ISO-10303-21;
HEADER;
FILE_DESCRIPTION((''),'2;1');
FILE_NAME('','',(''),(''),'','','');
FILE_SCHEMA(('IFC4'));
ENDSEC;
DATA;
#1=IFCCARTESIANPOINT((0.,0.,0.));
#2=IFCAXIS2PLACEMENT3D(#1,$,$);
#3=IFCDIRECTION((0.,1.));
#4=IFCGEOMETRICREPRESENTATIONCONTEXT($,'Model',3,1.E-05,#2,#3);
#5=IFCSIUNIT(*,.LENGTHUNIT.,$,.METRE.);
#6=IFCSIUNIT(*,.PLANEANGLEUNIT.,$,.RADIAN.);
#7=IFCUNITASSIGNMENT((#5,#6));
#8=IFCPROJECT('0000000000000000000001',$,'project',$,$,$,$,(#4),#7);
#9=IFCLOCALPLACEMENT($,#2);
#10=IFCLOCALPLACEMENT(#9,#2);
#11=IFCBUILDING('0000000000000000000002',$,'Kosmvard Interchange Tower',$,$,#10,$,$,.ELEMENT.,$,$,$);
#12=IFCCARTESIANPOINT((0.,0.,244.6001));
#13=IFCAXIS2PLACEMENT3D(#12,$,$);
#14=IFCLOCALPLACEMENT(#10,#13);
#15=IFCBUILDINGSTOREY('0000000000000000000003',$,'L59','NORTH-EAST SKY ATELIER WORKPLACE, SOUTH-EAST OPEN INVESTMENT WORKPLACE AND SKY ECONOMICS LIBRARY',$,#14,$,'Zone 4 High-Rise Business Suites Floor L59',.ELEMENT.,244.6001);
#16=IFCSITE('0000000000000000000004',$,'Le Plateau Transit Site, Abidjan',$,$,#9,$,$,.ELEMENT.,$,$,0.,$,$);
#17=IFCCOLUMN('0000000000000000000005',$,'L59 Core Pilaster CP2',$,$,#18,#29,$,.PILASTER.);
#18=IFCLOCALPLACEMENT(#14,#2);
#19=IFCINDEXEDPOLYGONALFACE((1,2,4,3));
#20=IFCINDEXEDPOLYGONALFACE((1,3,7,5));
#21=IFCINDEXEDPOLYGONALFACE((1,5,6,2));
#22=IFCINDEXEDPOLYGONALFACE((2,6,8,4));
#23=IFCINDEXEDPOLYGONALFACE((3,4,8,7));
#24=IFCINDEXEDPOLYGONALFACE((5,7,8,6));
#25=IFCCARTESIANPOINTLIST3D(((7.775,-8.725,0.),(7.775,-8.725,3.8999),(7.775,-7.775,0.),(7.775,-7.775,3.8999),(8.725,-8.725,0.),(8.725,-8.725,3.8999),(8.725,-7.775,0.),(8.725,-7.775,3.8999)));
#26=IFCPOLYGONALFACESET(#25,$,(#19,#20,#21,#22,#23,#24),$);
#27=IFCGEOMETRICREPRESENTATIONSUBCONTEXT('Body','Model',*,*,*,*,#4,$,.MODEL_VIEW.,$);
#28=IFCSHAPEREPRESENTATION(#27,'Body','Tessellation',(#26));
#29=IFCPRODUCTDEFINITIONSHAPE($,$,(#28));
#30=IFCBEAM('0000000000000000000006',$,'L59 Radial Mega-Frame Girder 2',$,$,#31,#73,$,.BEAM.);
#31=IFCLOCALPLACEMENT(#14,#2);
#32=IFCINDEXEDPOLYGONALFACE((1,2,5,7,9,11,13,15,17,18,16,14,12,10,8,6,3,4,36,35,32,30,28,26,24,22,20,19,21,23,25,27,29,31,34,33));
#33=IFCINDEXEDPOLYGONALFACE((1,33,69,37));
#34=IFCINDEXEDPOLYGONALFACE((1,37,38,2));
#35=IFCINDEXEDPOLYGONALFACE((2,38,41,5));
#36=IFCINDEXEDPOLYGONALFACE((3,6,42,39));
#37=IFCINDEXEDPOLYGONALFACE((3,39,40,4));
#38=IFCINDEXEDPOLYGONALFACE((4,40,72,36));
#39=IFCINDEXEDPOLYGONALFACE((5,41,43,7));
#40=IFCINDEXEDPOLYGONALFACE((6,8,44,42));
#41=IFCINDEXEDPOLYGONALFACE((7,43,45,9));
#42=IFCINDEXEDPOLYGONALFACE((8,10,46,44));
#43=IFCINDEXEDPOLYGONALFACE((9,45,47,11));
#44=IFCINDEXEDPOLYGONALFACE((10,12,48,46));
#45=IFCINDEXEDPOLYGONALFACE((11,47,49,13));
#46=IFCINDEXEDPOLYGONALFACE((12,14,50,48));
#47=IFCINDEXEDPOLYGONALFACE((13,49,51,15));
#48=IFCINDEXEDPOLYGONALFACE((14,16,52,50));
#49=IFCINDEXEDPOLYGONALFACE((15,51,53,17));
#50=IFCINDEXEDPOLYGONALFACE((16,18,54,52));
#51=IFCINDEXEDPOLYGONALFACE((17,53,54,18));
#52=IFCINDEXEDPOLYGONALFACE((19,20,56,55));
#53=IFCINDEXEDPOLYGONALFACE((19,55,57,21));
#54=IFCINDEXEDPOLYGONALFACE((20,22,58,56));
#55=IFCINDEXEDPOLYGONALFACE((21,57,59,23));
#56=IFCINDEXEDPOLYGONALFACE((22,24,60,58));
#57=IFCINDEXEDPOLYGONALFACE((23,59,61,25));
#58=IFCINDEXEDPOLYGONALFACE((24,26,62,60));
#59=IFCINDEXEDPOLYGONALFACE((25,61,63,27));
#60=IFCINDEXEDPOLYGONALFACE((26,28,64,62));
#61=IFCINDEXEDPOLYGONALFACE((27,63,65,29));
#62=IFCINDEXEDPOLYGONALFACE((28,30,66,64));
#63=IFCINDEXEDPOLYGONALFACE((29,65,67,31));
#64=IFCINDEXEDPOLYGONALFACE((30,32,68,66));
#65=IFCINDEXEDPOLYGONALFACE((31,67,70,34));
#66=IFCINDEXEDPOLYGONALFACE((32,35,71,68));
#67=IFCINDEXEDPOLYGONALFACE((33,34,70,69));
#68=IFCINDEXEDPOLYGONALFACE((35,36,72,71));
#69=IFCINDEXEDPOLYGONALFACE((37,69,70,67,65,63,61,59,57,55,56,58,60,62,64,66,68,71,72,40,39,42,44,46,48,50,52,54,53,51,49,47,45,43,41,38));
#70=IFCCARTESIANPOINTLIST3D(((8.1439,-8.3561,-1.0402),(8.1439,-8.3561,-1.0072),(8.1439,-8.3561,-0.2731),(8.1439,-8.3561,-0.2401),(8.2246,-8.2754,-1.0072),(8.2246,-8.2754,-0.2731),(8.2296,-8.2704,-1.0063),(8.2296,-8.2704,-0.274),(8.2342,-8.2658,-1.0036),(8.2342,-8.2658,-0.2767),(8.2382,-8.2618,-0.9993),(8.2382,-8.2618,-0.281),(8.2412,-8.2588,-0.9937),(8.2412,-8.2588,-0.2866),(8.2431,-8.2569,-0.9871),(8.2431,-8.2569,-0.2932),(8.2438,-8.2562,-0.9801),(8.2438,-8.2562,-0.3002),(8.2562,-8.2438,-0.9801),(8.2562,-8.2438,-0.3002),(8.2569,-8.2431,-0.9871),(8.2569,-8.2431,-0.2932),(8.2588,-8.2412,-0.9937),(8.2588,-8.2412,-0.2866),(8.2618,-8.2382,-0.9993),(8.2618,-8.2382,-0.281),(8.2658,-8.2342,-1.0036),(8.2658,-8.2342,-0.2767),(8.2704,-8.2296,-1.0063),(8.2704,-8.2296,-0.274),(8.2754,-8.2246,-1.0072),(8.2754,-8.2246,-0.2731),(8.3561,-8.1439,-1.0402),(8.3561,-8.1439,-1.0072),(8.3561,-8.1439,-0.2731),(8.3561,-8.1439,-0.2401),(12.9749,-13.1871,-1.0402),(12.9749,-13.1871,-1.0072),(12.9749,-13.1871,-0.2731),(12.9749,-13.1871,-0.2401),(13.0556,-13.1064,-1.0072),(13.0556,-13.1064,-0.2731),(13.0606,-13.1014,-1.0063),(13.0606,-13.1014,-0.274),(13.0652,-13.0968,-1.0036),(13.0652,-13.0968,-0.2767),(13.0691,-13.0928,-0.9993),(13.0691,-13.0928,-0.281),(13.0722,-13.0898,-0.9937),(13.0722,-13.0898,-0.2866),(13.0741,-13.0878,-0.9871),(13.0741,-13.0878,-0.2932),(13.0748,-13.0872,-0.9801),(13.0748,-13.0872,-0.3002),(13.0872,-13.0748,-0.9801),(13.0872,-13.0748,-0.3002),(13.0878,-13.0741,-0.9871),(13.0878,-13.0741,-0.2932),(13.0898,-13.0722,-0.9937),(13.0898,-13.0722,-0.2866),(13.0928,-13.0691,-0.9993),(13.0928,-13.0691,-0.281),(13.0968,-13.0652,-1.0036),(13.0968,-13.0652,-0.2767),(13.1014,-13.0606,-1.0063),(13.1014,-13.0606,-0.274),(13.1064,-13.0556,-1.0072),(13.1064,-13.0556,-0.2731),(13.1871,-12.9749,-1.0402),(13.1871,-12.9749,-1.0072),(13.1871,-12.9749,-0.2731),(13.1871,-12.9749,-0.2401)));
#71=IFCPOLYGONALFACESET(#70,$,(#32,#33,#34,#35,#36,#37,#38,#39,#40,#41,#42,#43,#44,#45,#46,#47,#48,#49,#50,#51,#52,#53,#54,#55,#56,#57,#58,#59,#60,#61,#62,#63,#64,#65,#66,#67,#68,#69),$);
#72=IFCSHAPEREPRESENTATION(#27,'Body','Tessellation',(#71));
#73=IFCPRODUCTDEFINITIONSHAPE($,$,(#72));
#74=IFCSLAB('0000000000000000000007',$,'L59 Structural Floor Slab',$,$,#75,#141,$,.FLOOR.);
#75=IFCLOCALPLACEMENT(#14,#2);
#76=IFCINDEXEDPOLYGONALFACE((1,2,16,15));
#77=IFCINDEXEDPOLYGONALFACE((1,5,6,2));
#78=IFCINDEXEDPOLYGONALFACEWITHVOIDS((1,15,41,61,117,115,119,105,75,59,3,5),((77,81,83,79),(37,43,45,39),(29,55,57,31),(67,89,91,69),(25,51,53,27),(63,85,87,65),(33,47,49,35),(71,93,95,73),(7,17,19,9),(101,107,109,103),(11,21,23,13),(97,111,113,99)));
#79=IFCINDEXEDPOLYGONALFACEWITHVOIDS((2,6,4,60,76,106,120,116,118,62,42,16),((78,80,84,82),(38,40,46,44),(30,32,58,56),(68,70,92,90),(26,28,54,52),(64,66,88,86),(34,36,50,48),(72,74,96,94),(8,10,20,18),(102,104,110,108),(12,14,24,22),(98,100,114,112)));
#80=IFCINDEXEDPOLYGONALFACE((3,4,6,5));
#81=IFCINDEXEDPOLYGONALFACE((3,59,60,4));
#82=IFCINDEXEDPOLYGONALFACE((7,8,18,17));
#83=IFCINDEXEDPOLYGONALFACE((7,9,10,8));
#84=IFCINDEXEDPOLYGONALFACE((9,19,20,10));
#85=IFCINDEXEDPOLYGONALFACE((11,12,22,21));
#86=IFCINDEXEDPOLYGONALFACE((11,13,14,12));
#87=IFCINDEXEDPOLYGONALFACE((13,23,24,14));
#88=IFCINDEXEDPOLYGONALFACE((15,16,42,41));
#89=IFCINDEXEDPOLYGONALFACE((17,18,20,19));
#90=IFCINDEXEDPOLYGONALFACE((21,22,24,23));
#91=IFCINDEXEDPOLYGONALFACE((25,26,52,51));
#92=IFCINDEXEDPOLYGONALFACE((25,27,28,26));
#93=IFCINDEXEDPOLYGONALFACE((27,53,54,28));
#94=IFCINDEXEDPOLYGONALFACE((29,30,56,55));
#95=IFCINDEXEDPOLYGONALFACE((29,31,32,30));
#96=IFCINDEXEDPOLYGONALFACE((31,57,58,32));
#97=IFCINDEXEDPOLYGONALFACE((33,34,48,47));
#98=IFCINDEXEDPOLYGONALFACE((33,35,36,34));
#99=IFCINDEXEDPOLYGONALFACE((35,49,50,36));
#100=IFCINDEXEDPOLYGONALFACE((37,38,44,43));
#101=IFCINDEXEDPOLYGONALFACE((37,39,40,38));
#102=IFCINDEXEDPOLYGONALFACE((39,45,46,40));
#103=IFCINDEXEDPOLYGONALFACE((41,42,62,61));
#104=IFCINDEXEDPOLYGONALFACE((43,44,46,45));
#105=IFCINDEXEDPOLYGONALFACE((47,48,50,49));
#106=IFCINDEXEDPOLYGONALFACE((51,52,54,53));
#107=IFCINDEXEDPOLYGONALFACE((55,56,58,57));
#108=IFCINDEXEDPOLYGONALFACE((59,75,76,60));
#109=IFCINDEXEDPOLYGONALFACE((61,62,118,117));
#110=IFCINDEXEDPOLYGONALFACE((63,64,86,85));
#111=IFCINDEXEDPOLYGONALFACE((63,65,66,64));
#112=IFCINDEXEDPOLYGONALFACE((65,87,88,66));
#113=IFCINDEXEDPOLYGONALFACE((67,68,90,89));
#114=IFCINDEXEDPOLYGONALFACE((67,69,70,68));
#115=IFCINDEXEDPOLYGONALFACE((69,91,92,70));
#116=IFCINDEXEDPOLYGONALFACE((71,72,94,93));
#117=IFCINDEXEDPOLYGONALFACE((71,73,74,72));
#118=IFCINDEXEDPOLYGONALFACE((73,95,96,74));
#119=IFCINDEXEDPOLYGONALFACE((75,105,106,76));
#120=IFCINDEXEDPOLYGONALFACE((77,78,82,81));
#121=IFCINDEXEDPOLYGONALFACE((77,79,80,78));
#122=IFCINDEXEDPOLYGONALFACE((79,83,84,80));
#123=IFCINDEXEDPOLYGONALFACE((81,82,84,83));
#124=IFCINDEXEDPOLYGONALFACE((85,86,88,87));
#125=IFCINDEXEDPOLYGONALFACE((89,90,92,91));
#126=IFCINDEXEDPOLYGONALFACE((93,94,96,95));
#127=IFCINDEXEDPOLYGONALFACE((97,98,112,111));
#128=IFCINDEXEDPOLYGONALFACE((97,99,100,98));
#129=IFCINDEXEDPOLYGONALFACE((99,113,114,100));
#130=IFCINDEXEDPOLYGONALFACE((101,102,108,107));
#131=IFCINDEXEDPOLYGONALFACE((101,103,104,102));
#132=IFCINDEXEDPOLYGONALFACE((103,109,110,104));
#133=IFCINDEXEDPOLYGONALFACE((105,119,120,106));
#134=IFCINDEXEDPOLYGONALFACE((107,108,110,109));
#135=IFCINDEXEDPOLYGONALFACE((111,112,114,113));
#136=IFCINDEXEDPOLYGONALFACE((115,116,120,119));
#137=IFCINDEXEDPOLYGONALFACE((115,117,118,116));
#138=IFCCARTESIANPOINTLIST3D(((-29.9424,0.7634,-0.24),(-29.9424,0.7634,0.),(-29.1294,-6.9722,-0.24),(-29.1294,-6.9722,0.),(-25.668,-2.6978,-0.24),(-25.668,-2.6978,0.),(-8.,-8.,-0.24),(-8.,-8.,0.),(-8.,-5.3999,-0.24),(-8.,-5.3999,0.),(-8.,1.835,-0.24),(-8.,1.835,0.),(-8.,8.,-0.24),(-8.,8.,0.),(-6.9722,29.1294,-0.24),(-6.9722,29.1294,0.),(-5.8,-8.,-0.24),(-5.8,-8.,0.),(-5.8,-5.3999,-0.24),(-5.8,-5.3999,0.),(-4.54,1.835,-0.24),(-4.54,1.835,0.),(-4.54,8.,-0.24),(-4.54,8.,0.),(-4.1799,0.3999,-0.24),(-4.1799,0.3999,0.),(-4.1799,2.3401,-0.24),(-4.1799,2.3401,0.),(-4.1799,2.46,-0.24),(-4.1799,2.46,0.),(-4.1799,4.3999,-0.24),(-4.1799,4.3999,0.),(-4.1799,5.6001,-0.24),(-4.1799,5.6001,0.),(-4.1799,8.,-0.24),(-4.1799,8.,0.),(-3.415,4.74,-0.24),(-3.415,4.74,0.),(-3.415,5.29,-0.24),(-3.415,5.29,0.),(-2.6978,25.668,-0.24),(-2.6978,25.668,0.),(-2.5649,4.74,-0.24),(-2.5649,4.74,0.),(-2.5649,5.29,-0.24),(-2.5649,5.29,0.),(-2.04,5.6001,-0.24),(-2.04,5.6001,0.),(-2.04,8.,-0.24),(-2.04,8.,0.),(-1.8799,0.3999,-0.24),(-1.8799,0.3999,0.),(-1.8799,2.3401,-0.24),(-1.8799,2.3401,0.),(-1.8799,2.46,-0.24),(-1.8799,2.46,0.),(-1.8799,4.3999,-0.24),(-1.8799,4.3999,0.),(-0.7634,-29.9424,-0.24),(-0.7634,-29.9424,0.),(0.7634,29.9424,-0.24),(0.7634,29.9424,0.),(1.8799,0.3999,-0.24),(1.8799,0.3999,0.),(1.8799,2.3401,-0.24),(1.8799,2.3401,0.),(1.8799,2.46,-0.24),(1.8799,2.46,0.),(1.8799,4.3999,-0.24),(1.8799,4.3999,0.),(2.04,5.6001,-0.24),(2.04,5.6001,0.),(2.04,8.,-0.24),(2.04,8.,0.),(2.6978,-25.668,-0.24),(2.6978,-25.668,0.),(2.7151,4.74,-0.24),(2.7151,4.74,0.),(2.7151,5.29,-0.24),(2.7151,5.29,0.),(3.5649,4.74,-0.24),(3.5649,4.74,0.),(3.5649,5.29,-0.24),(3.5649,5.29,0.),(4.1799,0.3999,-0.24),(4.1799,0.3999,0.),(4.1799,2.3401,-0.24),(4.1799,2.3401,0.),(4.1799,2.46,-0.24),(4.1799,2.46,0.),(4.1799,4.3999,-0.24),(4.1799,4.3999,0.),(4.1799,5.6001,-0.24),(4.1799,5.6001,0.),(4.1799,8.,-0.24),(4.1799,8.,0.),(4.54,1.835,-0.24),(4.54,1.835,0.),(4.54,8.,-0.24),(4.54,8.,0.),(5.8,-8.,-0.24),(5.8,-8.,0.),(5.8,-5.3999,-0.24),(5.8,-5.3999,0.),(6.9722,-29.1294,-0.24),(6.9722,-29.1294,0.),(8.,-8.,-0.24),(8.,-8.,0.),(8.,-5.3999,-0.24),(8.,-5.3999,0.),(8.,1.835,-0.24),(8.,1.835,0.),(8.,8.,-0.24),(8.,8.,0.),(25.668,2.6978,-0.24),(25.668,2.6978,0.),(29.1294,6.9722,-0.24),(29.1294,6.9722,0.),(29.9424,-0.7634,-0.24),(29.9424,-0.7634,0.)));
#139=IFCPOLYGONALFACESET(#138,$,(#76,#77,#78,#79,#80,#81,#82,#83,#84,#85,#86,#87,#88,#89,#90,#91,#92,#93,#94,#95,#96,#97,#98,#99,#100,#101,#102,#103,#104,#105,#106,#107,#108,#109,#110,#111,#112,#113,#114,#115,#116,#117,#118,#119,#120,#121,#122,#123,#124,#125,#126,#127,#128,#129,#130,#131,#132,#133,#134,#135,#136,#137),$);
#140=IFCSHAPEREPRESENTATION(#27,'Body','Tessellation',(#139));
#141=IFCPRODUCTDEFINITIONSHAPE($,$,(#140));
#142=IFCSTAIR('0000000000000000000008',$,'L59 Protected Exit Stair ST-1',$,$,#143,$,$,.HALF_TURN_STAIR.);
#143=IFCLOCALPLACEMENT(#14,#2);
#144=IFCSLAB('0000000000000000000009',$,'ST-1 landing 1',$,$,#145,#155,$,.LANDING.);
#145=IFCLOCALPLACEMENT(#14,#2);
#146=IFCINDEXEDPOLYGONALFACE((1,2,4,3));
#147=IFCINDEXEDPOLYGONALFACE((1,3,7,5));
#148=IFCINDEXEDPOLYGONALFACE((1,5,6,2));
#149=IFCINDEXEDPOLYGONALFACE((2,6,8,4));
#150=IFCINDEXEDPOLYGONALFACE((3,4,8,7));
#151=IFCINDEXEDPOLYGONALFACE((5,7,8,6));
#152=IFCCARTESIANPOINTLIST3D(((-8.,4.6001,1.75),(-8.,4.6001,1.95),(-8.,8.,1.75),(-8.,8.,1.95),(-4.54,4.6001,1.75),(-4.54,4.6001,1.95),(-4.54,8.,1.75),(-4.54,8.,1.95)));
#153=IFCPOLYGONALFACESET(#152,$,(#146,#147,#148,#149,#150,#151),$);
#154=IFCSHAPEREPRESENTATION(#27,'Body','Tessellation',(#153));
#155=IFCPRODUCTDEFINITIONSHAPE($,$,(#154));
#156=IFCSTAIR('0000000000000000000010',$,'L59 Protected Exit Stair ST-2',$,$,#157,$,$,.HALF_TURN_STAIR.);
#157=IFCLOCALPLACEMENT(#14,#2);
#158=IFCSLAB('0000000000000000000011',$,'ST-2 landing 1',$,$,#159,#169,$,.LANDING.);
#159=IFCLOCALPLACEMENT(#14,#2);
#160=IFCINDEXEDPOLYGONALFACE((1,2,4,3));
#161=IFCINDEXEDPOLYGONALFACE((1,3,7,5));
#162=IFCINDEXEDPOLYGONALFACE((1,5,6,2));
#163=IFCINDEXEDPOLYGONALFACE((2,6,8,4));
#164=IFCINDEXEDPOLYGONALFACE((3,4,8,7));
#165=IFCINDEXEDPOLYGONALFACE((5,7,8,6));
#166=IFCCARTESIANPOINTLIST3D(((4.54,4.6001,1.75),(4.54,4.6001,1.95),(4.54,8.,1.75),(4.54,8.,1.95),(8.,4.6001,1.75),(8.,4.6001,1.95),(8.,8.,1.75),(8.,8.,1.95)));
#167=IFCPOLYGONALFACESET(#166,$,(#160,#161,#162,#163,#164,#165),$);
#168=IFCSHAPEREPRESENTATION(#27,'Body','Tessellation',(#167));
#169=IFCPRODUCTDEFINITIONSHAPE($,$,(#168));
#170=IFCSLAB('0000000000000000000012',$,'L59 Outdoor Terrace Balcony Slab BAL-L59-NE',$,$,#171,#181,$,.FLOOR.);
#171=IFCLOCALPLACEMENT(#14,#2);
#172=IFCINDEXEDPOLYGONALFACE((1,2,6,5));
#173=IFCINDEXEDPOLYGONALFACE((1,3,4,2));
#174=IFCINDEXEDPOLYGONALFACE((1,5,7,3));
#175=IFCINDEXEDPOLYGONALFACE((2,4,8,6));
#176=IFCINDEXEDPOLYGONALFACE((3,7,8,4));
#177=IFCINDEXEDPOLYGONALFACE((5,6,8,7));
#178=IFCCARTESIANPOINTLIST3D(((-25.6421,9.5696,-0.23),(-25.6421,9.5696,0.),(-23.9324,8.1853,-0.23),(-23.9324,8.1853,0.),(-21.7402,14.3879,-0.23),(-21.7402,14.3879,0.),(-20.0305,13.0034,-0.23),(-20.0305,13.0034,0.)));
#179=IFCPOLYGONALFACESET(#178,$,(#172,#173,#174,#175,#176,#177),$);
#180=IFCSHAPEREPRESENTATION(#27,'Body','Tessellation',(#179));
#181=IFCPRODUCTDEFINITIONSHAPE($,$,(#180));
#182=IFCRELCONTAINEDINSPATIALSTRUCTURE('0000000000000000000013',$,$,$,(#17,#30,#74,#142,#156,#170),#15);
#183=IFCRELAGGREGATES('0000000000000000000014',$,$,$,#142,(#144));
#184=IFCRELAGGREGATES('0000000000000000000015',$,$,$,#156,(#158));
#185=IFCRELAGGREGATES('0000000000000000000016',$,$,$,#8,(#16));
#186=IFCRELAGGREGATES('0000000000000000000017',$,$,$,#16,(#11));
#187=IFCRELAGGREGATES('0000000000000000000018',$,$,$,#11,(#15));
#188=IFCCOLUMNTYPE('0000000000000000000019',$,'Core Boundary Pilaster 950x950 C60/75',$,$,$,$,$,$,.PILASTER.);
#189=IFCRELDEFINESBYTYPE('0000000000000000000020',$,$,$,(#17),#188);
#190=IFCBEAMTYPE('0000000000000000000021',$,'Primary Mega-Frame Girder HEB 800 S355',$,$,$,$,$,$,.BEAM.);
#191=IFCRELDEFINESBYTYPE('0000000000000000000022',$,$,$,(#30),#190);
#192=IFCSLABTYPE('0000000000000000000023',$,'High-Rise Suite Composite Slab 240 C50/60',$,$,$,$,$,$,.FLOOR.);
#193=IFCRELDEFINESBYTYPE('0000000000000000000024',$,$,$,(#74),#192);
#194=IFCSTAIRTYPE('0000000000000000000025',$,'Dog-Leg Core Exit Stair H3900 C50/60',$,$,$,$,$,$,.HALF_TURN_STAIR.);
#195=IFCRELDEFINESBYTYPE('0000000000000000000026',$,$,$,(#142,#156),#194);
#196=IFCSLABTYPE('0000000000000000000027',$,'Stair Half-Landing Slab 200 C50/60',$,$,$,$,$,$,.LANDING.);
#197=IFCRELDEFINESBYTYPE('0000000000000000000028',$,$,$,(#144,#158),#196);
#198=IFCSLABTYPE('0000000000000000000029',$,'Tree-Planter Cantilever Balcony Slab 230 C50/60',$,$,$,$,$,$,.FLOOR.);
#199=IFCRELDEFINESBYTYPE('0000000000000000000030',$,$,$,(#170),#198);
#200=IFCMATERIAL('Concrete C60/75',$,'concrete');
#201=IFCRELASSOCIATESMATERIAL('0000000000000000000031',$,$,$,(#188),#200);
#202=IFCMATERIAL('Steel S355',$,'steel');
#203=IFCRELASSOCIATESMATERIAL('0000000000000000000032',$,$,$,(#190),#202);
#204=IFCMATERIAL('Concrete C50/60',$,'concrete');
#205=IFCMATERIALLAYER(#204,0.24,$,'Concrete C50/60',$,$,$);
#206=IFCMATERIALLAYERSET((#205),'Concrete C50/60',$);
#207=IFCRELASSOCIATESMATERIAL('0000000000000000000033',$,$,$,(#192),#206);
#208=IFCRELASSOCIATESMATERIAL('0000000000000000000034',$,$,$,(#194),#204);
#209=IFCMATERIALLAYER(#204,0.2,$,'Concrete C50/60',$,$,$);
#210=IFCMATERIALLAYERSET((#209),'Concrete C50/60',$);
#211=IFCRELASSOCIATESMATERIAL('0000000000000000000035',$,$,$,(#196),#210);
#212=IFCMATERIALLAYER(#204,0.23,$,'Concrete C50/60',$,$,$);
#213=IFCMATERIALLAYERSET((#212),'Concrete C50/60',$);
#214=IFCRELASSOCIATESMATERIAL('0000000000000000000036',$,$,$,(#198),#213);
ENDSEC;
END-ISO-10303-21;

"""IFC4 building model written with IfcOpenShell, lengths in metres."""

from ifc_helpers import new_model, si_unit, direction, frame, origin, origin_2d, place, context, subcontext, project, spatial, polyline, rectangle, i_section, outline, extrude, source, transform, mapped, material, layer, layer_set, material_profile, profile_set, type_object, element, aggregate, save


model = new_model("IFC4")

# Units and contexts
model_context = context("Model", 3, precision=1e-05, world=origin(), true_north=direction((0.0, 1.0)))
body_context = subcontext(model_context, "Body", "Model", "MODEL_VIEW")
ifc_project = project(units=[si_unit("LENGTHUNIT", "METRE"), si_unit("PLANEANGLEUNIT", "RADIAN")], contexts=[model_context])

# Site, building, storey
site_placement = place(None, origin())
site = spatial("IfcSite", under=ifc_project, at=site_placement, Name="Le Plateau Transit Site, Abidjan", CompositionType="ELEMENT", RefElevation=0.0)
building_placement = place(site_placement, origin())
building = spatial("IfcBuilding", under=site, at=building_placement, Name="Kosmvard Interchange Tower", CompositionType="ELEMENT")
storey_placement = place(building_placement, frame((0.0, 0.0, 244.6001)))
storey = spatial("IfcBuildingStorey", under=building, at=storey_placement, Name="L59", Description="NORTH-EAST SKY ATELIER WORKPLACE, SOUTH-EAST OPEN INVESTMENT WORKPLACE AND SKY ECONOMICS LIBRARY", LongName="Zone 4 High-Rise Business Suites Floor L59", CompositionType="ELEMENT", Elevation=244.6001)

# Column
ifc_material_1 = material(Name="Concrete C60/75", Category="concrete")
ifc_material_profile_1 = material_profile(ifc_material_1, rectangle(XDim=0.95, YDim=0.95, at=origin_2d()), Name="CP 950x950")
ifc_profile_set_1 = profile_set([ifc_material_profile_1], Name="Concrete C60/75")
column_type = type_object("IfcColumnType", Name="Core Boundary Pilaster 950x950 C60/75", PredefinedType="PILASTER", material=ifc_profile_set_1)
shared_shape_1 = source(origin(), body_context, "Body", "SweptSolid", [
    extrude(rectangle(XDim=0.95, YDim=0.95, at=origin_2d()), origin(), (0.0, 0.0, 1.0), 3.8999),
])
column_placement = place(storey_placement, frame((8.25, -8.25, 0.0), z_axis=(0.0, 0.0, 1.0), x_axis=(1.0, 0.0, 0.0)))
element("IfcColumn", 1, at=column_placement, inside=storey, type_object=column_type, Name="L59 Core Pilaster CP2", PredefinedType="PILASTER", context=body_context, shape_type="MappedRepresentation", body=[
    mapped(shared_shape_1, transform((0.0, 0.0, 0.0), scale=1.0)),
])

# Beam
ifc_material_2 = material(Name="Steel S355", Category="steel")
ifc_material_profile_2 = material_profile(ifc_material_2, i_section(OverallWidth=0.3, OverallDepth=0.8, WebThickness=0.0176, FlangeThickness=0.033, FilletRadius=0.0271, at=origin_2d()), Name="HEB 800")
ifc_profile_set_2 = profile_set([ifc_material_profile_2], Name="Steel S355")
beam_type = type_object("IfcBeamType", Name="Primary Mega-Frame Girder HEB 800 S355", PredefinedType="BEAM", material=ifc_profile_set_2)
shared_shape_2 = source(origin(), body_context, "Body", "SweptSolid", [
    extrude(i_section(OverallWidth=0.3, OverallDepth=0.8, WebThickness=0.0176, FlangeThickness=0.033, FilletRadius=0.0271, at=origin_2d()), origin(), (0.0, 0.0, 1.0), 6.832),
])
beam_placement = place(storey_placement, frame((8.25, -8.25, -0.6401), z_axis=(0.707107, -0.707107, 0.0), x_axis=(0.707107, 0.707107, 0.0)))
element("IfcBeam", 2, at=beam_placement, inside=storey, type_object=beam_type, Name="L59 Radial Mega-Frame Girder 2", PredefinedType="BEAM", context=body_context, shape_type="MappedRepresentation", body=[
    mapped(shared_shape_2, transform((0.0, 0.0, 0.0), scale=1.0)),
])

# Slab
ifc_material_3 = material(Name="Concrete C50/60", Category="concrete")
ifc_layer_1 = layer(ifc_material_3, 0.24, Name="Concrete C50/60")
ifc_layer_set_1 = layer_set([ifc_layer_1], Name="Concrete C50/60")
slab_type_1 = type_object("IfcSlabType", Name="High-Rise Suite Composite Slab 240 C50/60", PredefinedType="FLOOR", material=ifc_layer_set_1)
slab_1_placement = place(storey_placement, frame((0.0, 0.0, -0.24)))
element("IfcSlab", 3, at=slab_1_placement, inside=storey, type_object=slab_type_1, Name="L59 Structural Floor Slab", PredefinedType="FLOOR", context=body_context, shape_type="SweptSolid", body=[
    extrude(outline(polyline([(6.9722, -29.1294), (29.9424, -0.7634), (25.668, 2.6978), (29.1294, 6.9722), (0.7634, 29.9424), (-2.6978, 25.668), (-6.9722, 29.1294), (-29.9424, 0.7634), (-25.668, -2.6978), (-29.1294, -6.9722), (-0.7634, -29.9424), (2.6978, -25.668), (6.9722, -29.1294)]), holes=[polyline([(-8.0, 1.835), (-4.54, 1.835), (-4.54, 8.0), (-8.0, 8.0), (-8.0, 1.835)]), polyline([(4.54, 1.835), (8.0, 1.835), (8.0, 8.0), (4.54, 8.0), (4.54, 1.835)]), polyline([(-8.0, -8.0), (-5.8, -8.0), (-5.8, -5.3999), (-8.0, -5.3999), (-8.0, -8.0)]), polyline([(5.8, -8.0), (8.0, -8.0), (8.0, -5.3999), (5.8, -5.3999), (5.8, -8.0)]), polyline([(-4.1799, 0.3999), (-1.8799, 0.3999), (-1.8799, 2.3401), (-4.1799, 2.3401), (-4.1799, 0.3999)]), polyline([(-4.1799, 2.46), (-1.8799, 2.46), (-1.8799, 4.3999), (-4.1799, 4.3999), (-4.1799, 2.46)]), polyline([(1.8799, 0.3999), (4.1799, 0.3999), (4.1799, 2.3401), (1.8799, 2.3401), (1.8799, 0.3999)]), polyline([(1.8799, 2.46), (4.1799, 2.46), (4.1799, 4.3999), (1.8799, 4.3999), (1.8799, 2.46)]), polyline([(-4.1799, 5.6001), (-2.04, 5.6001), (-2.04, 8.0), (-4.1799, 8.0), (-4.1799, 5.6001)]), polyline([(2.04, 5.6001), (4.1799, 5.6001), (4.1799, 8.0), (2.04, 8.0), (2.04, 5.6001)]), polyline([(-3.415, 4.74), (-2.5649, 4.74), (-2.5649, 5.29), (-3.415, 5.29), (-3.415, 4.74)]), polyline([(2.7151, 4.74), (3.5649, 4.74), (3.5649, 5.29), (2.7151, 5.29), (2.7151, 4.74)])]), origin(), (0.0, 0.0, 1.0), 0.24),
])

# Stairs, slabs
stair_type = type_object("IfcStairType", Name="Dog-Leg Core Exit Stair H3900 C50/60", PredefinedType="HALF_TURN_STAIR", material=ifc_material_3)
stair_1_placement = place(storey_placement, origin())
stair_1 = element("IfcStair", 4, at=stair_1_placement, inside=storey, type_object=stair_type, Name="L59 Protected Exit Stair ST-1", PredefinedType="HALF_TURN_STAIR")
ifc_layer_2 = layer(ifc_material_3, 0.2, Name="Concrete C50/60")
ifc_layer_set_2 = layer_set([ifc_layer_2], Name="Concrete C50/60")
slab_type_2 = type_object("IfcSlabType", Name="Stair Half-Landing Slab 200 C50/60", PredefinedType="LANDING", material=ifc_layer_set_2)
slab_2_placement = place(storey_placement, frame((0.0, 0.0, 1.75)))
slab_2 = element("IfcSlab", 5, at=slab_2_placement, type_object=slab_type_2, Name="ST-1 landing 1", PredefinedType="LANDING", context=body_context, shape_type="SweptSolid", body=[
    extrude(outline(polyline([(-4.54, 4.6001), (-4.54, 8.0), (-8.0, 8.0), (-8.0, 4.6001), (-4.54, 4.6001)])), origin(), (0.0, 0.0, 1.0), 0.2),
])
aggregate(stair_1, [slab_2])
stair_2_placement = place(storey_placement, origin())
stair_2 = element("IfcStair", 6, at=stair_2_placement, inside=storey, type_object=stair_type, Name="L59 Protected Exit Stair ST-2", PredefinedType="HALF_TURN_STAIR")
slab_3_placement = place(storey_placement, frame((0.0, 0.0, 1.75)))
slab_3 = element("IfcSlab", 7, at=slab_3_placement, type_object=slab_type_2, Name="ST-2 landing 1", PredefinedType="LANDING", context=body_context, shape_type="SweptSolid", body=[
    extrude(outline(polyline([(8.0, 4.6001), (8.0, 8.0), (4.54, 8.0), (4.54, 4.6001), (8.0, 4.6001)])), origin(), (0.0, 0.0, 1.0), 0.2),
])
aggregate(stair_2, [slab_3])

# Slab
ifc_layer_3 = layer(ifc_material_3, 0.23, Name="Concrete C50/60")
ifc_layer_set_3 = layer_set([ifc_layer_3], Name="Concrete C50/60")
slab_type_3 = type_object("IfcSlabType", Name="Tree-Planter Cantilever Balcony Slab 230 C50/60", PredefinedType="FLOOR", material=ifc_layer_set_3)
slab_4_placement = place(storey_placement, frame((0.0, 0.0, -0.23)))
element("IfcSlab", 8, at=slab_4_placement, inside=storey, type_object=slab_type_3, Name="L59 Outdoor Terrace Balcony Slab BAL-L59-NE", PredefinedType="FLOOR", context=body_context, shape_type="SweptSolid", body=[
    extrude(outline(polyline([(-23.9324, 8.1853), (-20.0305, 13.0034), (-21.7402, 14.3879), (-25.6421, 9.5696), (-23.9324, 8.1853)])), origin(), (0.0, 0.0, 1.0), 0.23),
])

save(model, "model.ifc")
